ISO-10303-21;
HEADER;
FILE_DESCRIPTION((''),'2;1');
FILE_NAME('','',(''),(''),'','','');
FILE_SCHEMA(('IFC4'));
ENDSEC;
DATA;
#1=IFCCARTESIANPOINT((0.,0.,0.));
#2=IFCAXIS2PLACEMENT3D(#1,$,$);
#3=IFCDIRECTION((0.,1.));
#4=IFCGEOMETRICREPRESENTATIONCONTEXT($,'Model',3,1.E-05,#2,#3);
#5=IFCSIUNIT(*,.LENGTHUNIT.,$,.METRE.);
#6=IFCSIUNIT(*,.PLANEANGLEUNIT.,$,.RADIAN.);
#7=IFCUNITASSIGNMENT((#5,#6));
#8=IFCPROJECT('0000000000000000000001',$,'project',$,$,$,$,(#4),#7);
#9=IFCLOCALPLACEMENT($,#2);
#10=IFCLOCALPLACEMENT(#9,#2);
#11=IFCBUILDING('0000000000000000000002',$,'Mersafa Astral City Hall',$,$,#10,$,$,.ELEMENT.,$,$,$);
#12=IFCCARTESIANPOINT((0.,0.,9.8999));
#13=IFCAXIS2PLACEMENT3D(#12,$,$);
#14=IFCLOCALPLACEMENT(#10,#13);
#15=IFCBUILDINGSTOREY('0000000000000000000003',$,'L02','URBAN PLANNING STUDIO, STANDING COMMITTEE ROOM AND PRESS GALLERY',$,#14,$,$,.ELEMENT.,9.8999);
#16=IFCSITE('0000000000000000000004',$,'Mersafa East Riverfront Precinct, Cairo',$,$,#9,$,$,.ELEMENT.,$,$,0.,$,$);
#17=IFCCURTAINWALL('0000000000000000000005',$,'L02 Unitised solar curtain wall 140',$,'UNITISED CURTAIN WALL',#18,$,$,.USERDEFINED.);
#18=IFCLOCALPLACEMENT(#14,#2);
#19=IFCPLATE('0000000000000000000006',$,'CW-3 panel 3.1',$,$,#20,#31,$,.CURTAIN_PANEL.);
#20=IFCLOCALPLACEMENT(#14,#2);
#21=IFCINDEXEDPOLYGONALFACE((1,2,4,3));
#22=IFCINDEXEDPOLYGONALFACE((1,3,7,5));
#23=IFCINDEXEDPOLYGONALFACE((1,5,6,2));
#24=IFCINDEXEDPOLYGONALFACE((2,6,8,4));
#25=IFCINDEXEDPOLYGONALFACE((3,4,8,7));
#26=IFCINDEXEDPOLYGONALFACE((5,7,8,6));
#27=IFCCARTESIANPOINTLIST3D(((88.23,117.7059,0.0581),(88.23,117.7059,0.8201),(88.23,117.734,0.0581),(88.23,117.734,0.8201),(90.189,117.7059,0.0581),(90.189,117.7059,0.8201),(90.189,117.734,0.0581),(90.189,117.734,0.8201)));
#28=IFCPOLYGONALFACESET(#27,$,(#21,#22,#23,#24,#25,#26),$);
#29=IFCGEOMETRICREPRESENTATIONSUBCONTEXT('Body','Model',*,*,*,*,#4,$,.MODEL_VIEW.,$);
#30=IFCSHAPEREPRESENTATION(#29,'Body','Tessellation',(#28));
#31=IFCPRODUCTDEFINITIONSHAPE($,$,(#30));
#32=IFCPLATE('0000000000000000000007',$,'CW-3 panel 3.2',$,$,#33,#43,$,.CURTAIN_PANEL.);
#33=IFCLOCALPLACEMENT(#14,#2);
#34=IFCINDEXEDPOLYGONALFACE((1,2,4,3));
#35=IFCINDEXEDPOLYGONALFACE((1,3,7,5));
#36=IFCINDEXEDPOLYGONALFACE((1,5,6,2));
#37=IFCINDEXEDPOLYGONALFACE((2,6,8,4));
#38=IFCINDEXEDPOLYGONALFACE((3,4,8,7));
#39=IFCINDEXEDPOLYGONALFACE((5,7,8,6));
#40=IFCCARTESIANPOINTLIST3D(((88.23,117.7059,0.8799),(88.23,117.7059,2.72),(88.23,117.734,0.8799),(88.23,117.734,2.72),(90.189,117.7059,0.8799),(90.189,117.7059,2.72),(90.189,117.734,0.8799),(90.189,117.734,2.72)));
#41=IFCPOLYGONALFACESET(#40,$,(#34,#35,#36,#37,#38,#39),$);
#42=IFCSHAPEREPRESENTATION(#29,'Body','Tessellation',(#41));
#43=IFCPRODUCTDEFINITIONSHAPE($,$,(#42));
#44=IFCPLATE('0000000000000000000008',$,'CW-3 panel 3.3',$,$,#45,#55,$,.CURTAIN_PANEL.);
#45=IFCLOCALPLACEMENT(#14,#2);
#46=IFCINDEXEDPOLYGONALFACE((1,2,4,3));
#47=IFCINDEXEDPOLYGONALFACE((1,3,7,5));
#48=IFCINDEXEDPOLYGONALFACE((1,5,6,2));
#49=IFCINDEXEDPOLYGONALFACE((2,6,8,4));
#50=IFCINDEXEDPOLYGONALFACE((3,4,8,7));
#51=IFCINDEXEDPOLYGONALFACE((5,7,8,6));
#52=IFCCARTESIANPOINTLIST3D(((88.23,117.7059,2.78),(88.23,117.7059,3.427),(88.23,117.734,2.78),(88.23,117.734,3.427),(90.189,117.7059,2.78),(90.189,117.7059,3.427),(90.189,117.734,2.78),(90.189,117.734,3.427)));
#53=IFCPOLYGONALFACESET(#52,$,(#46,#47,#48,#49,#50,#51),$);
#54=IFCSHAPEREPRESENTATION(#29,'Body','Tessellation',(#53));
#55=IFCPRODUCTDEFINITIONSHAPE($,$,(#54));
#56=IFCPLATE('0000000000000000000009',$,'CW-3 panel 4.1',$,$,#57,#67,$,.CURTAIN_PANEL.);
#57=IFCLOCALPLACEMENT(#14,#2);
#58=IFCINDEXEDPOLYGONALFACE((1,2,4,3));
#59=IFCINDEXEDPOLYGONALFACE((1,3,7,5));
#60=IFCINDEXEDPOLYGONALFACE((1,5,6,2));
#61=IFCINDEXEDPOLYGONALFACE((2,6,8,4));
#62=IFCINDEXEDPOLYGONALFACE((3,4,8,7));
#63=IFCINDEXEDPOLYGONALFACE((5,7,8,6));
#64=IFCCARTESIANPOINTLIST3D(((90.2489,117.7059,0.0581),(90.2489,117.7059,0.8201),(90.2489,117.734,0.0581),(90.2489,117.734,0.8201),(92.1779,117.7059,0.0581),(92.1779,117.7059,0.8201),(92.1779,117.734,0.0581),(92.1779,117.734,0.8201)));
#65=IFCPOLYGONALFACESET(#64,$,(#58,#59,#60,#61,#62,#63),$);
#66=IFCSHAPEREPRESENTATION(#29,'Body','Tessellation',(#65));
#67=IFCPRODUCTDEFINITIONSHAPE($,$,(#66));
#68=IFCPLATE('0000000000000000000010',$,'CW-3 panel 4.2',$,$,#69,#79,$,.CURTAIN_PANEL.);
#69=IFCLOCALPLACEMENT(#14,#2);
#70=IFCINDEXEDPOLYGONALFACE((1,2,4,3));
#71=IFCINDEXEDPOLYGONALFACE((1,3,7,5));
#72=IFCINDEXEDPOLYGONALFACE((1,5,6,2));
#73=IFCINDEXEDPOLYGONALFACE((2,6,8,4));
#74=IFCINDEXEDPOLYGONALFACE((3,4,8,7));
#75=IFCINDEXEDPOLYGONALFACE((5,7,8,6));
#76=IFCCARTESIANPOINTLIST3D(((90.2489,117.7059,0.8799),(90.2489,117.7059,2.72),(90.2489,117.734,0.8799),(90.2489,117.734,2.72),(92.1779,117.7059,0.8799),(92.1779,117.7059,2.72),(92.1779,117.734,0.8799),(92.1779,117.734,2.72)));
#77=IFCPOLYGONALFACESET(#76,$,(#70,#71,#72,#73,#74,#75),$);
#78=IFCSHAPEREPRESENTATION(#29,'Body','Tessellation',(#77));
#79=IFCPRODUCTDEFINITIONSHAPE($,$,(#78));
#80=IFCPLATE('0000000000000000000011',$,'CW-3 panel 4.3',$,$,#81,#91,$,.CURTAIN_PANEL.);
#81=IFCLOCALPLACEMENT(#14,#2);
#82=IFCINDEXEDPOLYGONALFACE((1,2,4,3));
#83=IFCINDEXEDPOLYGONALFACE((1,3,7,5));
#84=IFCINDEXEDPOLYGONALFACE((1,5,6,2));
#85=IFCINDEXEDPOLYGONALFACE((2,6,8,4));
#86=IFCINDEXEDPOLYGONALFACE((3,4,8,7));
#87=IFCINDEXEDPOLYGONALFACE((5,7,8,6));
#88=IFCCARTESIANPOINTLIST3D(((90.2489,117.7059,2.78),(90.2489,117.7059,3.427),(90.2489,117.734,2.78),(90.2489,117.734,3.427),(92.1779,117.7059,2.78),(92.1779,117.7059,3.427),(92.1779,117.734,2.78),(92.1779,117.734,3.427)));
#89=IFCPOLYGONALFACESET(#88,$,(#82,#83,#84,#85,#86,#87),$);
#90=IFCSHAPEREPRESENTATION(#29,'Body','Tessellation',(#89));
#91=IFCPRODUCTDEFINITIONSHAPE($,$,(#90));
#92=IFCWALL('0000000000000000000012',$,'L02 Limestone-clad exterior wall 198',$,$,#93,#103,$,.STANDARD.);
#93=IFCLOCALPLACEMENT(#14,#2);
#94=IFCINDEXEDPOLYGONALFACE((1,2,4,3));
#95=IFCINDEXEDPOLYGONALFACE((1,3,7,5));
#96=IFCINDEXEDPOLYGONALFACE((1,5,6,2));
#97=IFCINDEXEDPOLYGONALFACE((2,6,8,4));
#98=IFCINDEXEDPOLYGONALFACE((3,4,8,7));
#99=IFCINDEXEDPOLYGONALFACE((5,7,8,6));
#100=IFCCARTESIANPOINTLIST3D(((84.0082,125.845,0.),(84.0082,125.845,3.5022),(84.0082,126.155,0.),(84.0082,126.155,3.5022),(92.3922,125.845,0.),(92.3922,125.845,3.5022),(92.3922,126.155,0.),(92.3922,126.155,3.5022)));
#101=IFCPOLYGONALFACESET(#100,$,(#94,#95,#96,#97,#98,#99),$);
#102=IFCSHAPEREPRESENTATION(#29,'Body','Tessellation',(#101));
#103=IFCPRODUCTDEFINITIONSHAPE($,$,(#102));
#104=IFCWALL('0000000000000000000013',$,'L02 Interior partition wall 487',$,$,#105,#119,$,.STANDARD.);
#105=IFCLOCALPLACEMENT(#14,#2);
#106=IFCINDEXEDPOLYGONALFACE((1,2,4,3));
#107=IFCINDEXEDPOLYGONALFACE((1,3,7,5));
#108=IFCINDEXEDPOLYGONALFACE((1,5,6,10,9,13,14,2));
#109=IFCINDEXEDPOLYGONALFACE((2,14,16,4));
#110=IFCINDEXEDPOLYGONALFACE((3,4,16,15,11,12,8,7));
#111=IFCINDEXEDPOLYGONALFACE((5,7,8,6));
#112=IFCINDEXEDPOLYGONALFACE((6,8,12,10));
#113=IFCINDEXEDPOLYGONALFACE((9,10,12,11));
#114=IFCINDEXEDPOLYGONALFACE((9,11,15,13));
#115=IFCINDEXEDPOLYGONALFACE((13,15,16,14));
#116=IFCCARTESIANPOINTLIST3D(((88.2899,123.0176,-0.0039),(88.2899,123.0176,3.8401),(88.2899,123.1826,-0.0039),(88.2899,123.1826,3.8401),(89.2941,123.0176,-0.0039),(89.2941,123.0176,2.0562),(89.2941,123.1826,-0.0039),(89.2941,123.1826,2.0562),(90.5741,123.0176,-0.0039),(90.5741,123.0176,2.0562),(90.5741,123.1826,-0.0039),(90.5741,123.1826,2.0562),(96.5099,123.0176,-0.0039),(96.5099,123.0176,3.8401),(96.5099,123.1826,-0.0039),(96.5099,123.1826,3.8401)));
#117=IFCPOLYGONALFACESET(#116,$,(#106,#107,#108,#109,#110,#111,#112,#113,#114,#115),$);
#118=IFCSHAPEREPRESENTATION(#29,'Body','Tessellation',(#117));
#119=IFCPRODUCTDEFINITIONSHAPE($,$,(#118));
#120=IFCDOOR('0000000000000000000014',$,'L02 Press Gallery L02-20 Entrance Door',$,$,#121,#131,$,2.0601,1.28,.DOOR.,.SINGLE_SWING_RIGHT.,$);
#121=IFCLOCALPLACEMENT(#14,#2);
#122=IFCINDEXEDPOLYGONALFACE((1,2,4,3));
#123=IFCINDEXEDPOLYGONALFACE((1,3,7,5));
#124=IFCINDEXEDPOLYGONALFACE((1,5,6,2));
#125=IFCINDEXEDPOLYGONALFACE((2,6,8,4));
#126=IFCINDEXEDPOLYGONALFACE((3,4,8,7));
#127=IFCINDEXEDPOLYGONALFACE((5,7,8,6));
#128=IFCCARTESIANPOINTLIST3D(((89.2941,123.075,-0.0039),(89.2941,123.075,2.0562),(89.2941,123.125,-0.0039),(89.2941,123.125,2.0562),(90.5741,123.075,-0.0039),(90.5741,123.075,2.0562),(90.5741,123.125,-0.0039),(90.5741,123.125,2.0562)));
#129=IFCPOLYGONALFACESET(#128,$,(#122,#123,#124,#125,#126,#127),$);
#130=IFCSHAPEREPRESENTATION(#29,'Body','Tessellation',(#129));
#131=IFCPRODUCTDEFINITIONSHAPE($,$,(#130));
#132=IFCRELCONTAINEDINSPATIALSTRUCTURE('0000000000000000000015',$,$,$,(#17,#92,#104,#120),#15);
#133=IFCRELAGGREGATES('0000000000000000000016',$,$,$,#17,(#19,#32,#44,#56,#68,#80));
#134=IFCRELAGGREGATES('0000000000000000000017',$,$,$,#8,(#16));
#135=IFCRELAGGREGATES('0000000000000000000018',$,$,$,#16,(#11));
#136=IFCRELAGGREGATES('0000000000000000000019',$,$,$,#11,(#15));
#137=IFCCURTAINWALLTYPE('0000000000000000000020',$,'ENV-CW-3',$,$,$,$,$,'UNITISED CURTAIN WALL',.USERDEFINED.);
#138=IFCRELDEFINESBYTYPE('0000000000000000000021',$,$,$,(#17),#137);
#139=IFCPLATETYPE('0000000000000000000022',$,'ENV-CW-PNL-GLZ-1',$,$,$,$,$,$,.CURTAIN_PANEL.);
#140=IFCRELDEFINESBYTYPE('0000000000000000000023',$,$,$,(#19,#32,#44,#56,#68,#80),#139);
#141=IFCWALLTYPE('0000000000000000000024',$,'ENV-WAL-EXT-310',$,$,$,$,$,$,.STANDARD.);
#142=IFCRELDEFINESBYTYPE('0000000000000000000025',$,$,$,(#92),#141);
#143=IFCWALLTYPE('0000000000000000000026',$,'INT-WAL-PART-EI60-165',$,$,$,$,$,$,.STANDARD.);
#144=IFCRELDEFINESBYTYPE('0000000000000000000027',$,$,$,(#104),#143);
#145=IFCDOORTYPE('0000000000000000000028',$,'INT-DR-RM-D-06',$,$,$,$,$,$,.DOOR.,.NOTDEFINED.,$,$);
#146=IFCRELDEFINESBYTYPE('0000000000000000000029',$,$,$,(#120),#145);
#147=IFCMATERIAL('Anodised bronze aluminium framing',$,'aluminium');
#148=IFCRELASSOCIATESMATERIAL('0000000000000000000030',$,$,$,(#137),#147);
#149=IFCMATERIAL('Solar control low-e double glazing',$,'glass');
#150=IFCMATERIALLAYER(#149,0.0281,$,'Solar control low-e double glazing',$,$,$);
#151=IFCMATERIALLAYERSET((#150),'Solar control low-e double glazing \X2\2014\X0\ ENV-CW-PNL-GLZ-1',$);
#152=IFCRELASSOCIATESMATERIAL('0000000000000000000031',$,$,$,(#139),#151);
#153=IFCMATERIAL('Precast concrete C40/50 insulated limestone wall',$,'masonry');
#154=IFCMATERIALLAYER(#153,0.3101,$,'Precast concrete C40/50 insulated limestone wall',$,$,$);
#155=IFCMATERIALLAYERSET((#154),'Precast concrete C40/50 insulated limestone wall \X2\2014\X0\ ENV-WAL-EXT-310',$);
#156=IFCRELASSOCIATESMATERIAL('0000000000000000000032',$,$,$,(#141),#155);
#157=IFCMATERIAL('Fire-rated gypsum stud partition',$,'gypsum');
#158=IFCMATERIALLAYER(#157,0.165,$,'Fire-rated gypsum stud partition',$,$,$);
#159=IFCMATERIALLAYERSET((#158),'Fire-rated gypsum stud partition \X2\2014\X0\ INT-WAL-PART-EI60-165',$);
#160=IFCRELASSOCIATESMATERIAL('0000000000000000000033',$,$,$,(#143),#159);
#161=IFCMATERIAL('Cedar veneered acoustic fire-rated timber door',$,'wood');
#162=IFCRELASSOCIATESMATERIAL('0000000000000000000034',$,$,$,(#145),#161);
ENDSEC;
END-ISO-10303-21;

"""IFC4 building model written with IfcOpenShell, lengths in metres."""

from ifc_helpers import new_model, si_unit, direction, frame, frame_2d, origin, origin_2d, place, context, subcontext, project, spatial, rectangle, extrude, material, layer, layer_set, type_object, element, fill, aggregate, save


model = new_model("IFC4")

# Units and contexts
model_context = context("Model", 3, precision=1e-05, world=origin(), true_north=direction((0.0, 1.0)))
body_context = subcontext(model_context, "Body", "Model", "MODEL_VIEW")
ifc_project = project(units=[si_unit("LENGTHUNIT", "METRE"), si_unit("PLANEANGLEUNIT", "RADIAN")], contexts=[model_context])

# Site, building, storey
site_placement = place(None, origin())
site = spatial("IfcSite", under=ifc_project, at=site_placement, Name="Mersafa East Riverfront Precinct, Cairo", CompositionType="ELEMENT", RefElevation=0.0)
building_placement = place(site_placement, origin())
building = spatial("IfcBuilding", under=site, at=building_placement, Name="Mersafa Astral City Hall", CompositionType="ELEMENT")
storey_placement = place(building_placement, frame((0.0, 0.0, 9.8999)))
storey = spatial("IfcBuildingStorey", under=building, at=storey_placement, Name="L02", Description="URBAN PLANNING STUDIO, STANDING COMMITTEE ROOM AND PRESS GALLERY", CompositionType="ELEMENT", Elevation=9.8999)

# Curtain wall
ifc_material_1 = material(Name="Anodised bronze aluminium framing", Category="aluminium")
curtain_wall_type_1 = type_object("IfcCurtainWallType", Name="ENV-CW-3", ElementType="UNITISED CURTAIN WALL", PredefinedType="USERDEFINED", material=ifc_material_1)
curtain_wall_1_placement = place(storey_placement, origin())
curtain_wall_1 = element("IfcCurtainWall", 1, at=curtain_wall_1_placement, inside=storey, type_object=curtain_wall_type_1, Name="L02 Unitised solar curtain wall 140", ObjectType="UNITISED CURTAIN WALL", PredefinedType="USERDEFINED")

# Plates
ifc_material_2 = material(Name="Solar control low-e double glazing", Category="glass")
ifc_layer_1 = layer(ifc_material_2, 0.0281, Name="Solar control low-e double glazing")
ifc_layer_set_1 = layer_set([ifc_layer_1], Name="Solar control low-e double glazing — ENV-CW-PNL-GLZ-1")
plate_type = type_object("IfcPlateType", Name="ENV-CW-PNL-GLZ-1", PredefinedType="CURTAIN_PANEL", material=ifc_layer_set_1)
plate_1_placement = place(storey_placement, frame((89.2095, 117.72, 0.0581), z_axis=(0.0, 0.0, 1.0), x_axis=(1.0, 0.0, 0.0)))
plate_1 = element("IfcPlate", 2, at=plate_1_placement, type_object=plate_type, Name="CW-3 panel 3.1", PredefinedType="CURTAIN_PANEL", context=body_context, shape_type="SweptSolid", body=[
    extrude(rectangle(XDim=1.959, YDim=0.0281, at=origin_2d()), origin(), (0.0, 0.0, 1.0), 0.762),
])
plate_2_placement = place(storey_placement, frame((89.2095, 117.72, 0.8799), z_axis=(0.0, 0.0, 1.0), x_axis=(1.0, 0.0, 0.0)))
plate_2 = element("IfcPlate", 3, at=plate_2_placement, type_object=plate_type, Name="CW-3 panel 3.2", PredefinedType="CURTAIN_PANEL", context=body_context, shape_type="SweptSolid", body=[
    extrude(rectangle(XDim=1.959, YDim=0.0281, at=origin_2d()), origin(), (0.0, 0.0, 1.0), 1.8401),
])
plate_3_placement = place(storey_placement, frame((89.2095, 117.72, 2.78), z_axis=(0.0, 0.0, 1.0), x_axis=(1.0, 0.0, 0.0)))
plate_3 = element("IfcPlate", 4, at=plate_3_placement, type_object=plate_type, Name="CW-3 panel 3.3", PredefinedType="CURTAIN_PANEL", context=body_context, shape_type="SweptSolid", body=[
    extrude(rectangle(XDim=1.959, YDim=0.0281, at=origin_2d()), origin(), (0.0, 0.0, 1.0), 0.647),
])
plate_4_placement = place(storey_placement, frame((91.2134, 117.72, 0.0581), z_axis=(0.0, 0.0, 1.0), x_axis=(1.0, 0.0, 0.0)))
plate_4 = element("IfcPlate", 5, at=plate_4_placement, type_object=plate_type, Name="CW-3 panel 4.1", PredefinedType="CURTAIN_PANEL", context=body_context, shape_type="SweptSolid", body=[
    extrude(rectangle(XDim=1.929, YDim=0.0281, at=origin_2d()), origin(), (0.0, 0.0, 1.0), 0.762),
])
plate_5_placement = place(storey_placement, frame((91.2134, 117.72, 0.8799), z_axis=(0.0, 0.0, 1.0), x_axis=(1.0, 0.0, 0.0)))
plate_5 = element("IfcPlate", 6, at=plate_5_placement, type_object=plate_type, Name="CW-3 panel 4.2", PredefinedType="CURTAIN_PANEL", context=body_context, shape_type="SweptSolid", body=[
    extrude(rectangle(XDim=1.929, YDim=0.0281, at=origin_2d()), origin(), (0.0, 0.0, 1.0), 1.8401),
])
plate_6_placement = place(storey_placement, frame((91.2134, 117.72, 2.78), z_axis=(0.0, 0.0, 1.0), x_axis=(1.0, 0.0, 0.0)))
plate_6 = element("IfcPlate", 7, at=plate_6_placement, type_object=plate_type, Name="CW-3 panel 4.3", PredefinedType="CURTAIN_PANEL", context=body_context, shape_type="SweptSolid", body=[
    extrude(rectangle(XDim=1.929, YDim=0.0281, at=origin_2d()), origin(), (0.0, 0.0, 1.0), 0.647),
])
aggregate(curtain_wall_1, [plate_1, plate_2, plate_3, plate_4, plate_5, plate_6])

# Wall
ifc_material_3 = material(Name="Precast concrete C40/50 insulated limestone wall", Category="masonry")
ifc_layer_2 = layer(ifc_material_3, 0.3101, Name="Precast concrete C40/50 insulated limestone wall")
ifc_layer_set_2 = layer_set([ifc_layer_2], Name="Precast concrete C40/50 insulated limestone wall — ENV-WAL-EXT-310")
wall_type_1 = type_object("IfcWallType", Name="ENV-WAL-EXT-310", PredefinedType="STANDARD", material=ifc_layer_set_2)
wall_1_placement = place(storey_placement, frame((92.3921, 126.0, 0.0), z_axis=(0.0, 0.0, 1.0), x_axis=(-1.0, 0.0, 0.0)))
element("IfcWall", 8, at=wall_1_placement, inside=storey, type_object=wall_type_1, Name="L02 Limestone-clad exterior wall 198", PredefinedType="STANDARD", context=body_context, shape_type="SweptSolid", body=[
    extrude(rectangle(XDim=8.384, YDim=0.3101, at=frame_2d((4.1919, 0.0))), origin(), (0.0, 0.0, 1.0), 3.5022),
])

# Wall, opening, door
ifc_material_4 = material(Name="Fire-rated gypsum stud partition", Category="gypsum")
ifc_layer_3 = layer(ifc_material_4, 0.165, Name="Fire-rated gypsum stud partition")
ifc_layer_set_3 = layer_set([ifc_layer_3], Name="Fire-rated gypsum stud partition — INT-WAL-PART-EI60-165")
wall_type_2 = type_object("IfcWallType", Name="INT-WAL-PART-EI60-165", PredefinedType="STANDARD", material=ifc_layer_set_3)
wall_2_placement = place(storey_placement, frame((88.29, 123.1001, -0.0039), z_axis=(0.0, 0.0, 1.0), x_axis=(1.0, 0.0, 0.0)))
wall_2 = element("IfcWall", 9, at=wall_2_placement, inside=storey, type_object=wall_type_2, Name="L02 Interior partition wall 487", PredefinedType="STANDARD", context=body_context, shape_type="SweptSolid", body=[
    extrude(rectangle(XDim=8.22, YDim=0.165, at=frame_2d((4.1099, 0.0))), origin(), (0.0, 0.0, 1.0), 3.844),
])
opening_placement = place(wall_2_placement, frame((1.0039, 0.0, 0.0)))
opening = element("IfcOpeningElement", 10, at=opening_placement, cuts=wall_2, PredefinedType="OPENING", context=body_context, shape_type="SweptSolid", body=[
    extrude(rectangle(XDim=1.28, YDim=2.0601, at=frame_2d((0.6401, 1.03))), frame((0.0, 0.0925, 0.0), z_axis=(0.0, -1.0, 0.0), x_axis=(1.0, 0.0, 0.0)), (0.0, 0.0, 1.0), 0.1851),
])
ifc_material_5 = material(Name="Cedar veneered acoustic fire-rated timber door", Category="wood")
door_type = type_object("IfcDoorType", Name="INT-DR-RM-D-06", OperationType="NOTDEFINED", PredefinedType="DOOR", material=ifc_material_5)
door_placement = place(opening_placement, origin())
door = element("IfcDoor", 11, at=door_placement, inside=storey, type_object=door_type, Name="L02 Press Gallery L02-20 Entrance Door", OperationType="SINGLE_SWING_RIGHT", OverallHeight=2.0601, OverallWidth=1.28, PredefinedType="DOOR", context=body_context, shape_type="SweptSolid", body=[
    extrude(rectangle(XDim=1.28, YDim=2.0601, at=frame_2d((0.6401, 1.03))), frame((0.0, 0.0249, 0.0), z_axis=(0.0, -1.0, 0.0), x_axis=(1.0, 0.0, 0.0)), (0.0, 0.0, 1.0), 0.05),
])
fill(opening, door)

save(model, "model.ifc")
